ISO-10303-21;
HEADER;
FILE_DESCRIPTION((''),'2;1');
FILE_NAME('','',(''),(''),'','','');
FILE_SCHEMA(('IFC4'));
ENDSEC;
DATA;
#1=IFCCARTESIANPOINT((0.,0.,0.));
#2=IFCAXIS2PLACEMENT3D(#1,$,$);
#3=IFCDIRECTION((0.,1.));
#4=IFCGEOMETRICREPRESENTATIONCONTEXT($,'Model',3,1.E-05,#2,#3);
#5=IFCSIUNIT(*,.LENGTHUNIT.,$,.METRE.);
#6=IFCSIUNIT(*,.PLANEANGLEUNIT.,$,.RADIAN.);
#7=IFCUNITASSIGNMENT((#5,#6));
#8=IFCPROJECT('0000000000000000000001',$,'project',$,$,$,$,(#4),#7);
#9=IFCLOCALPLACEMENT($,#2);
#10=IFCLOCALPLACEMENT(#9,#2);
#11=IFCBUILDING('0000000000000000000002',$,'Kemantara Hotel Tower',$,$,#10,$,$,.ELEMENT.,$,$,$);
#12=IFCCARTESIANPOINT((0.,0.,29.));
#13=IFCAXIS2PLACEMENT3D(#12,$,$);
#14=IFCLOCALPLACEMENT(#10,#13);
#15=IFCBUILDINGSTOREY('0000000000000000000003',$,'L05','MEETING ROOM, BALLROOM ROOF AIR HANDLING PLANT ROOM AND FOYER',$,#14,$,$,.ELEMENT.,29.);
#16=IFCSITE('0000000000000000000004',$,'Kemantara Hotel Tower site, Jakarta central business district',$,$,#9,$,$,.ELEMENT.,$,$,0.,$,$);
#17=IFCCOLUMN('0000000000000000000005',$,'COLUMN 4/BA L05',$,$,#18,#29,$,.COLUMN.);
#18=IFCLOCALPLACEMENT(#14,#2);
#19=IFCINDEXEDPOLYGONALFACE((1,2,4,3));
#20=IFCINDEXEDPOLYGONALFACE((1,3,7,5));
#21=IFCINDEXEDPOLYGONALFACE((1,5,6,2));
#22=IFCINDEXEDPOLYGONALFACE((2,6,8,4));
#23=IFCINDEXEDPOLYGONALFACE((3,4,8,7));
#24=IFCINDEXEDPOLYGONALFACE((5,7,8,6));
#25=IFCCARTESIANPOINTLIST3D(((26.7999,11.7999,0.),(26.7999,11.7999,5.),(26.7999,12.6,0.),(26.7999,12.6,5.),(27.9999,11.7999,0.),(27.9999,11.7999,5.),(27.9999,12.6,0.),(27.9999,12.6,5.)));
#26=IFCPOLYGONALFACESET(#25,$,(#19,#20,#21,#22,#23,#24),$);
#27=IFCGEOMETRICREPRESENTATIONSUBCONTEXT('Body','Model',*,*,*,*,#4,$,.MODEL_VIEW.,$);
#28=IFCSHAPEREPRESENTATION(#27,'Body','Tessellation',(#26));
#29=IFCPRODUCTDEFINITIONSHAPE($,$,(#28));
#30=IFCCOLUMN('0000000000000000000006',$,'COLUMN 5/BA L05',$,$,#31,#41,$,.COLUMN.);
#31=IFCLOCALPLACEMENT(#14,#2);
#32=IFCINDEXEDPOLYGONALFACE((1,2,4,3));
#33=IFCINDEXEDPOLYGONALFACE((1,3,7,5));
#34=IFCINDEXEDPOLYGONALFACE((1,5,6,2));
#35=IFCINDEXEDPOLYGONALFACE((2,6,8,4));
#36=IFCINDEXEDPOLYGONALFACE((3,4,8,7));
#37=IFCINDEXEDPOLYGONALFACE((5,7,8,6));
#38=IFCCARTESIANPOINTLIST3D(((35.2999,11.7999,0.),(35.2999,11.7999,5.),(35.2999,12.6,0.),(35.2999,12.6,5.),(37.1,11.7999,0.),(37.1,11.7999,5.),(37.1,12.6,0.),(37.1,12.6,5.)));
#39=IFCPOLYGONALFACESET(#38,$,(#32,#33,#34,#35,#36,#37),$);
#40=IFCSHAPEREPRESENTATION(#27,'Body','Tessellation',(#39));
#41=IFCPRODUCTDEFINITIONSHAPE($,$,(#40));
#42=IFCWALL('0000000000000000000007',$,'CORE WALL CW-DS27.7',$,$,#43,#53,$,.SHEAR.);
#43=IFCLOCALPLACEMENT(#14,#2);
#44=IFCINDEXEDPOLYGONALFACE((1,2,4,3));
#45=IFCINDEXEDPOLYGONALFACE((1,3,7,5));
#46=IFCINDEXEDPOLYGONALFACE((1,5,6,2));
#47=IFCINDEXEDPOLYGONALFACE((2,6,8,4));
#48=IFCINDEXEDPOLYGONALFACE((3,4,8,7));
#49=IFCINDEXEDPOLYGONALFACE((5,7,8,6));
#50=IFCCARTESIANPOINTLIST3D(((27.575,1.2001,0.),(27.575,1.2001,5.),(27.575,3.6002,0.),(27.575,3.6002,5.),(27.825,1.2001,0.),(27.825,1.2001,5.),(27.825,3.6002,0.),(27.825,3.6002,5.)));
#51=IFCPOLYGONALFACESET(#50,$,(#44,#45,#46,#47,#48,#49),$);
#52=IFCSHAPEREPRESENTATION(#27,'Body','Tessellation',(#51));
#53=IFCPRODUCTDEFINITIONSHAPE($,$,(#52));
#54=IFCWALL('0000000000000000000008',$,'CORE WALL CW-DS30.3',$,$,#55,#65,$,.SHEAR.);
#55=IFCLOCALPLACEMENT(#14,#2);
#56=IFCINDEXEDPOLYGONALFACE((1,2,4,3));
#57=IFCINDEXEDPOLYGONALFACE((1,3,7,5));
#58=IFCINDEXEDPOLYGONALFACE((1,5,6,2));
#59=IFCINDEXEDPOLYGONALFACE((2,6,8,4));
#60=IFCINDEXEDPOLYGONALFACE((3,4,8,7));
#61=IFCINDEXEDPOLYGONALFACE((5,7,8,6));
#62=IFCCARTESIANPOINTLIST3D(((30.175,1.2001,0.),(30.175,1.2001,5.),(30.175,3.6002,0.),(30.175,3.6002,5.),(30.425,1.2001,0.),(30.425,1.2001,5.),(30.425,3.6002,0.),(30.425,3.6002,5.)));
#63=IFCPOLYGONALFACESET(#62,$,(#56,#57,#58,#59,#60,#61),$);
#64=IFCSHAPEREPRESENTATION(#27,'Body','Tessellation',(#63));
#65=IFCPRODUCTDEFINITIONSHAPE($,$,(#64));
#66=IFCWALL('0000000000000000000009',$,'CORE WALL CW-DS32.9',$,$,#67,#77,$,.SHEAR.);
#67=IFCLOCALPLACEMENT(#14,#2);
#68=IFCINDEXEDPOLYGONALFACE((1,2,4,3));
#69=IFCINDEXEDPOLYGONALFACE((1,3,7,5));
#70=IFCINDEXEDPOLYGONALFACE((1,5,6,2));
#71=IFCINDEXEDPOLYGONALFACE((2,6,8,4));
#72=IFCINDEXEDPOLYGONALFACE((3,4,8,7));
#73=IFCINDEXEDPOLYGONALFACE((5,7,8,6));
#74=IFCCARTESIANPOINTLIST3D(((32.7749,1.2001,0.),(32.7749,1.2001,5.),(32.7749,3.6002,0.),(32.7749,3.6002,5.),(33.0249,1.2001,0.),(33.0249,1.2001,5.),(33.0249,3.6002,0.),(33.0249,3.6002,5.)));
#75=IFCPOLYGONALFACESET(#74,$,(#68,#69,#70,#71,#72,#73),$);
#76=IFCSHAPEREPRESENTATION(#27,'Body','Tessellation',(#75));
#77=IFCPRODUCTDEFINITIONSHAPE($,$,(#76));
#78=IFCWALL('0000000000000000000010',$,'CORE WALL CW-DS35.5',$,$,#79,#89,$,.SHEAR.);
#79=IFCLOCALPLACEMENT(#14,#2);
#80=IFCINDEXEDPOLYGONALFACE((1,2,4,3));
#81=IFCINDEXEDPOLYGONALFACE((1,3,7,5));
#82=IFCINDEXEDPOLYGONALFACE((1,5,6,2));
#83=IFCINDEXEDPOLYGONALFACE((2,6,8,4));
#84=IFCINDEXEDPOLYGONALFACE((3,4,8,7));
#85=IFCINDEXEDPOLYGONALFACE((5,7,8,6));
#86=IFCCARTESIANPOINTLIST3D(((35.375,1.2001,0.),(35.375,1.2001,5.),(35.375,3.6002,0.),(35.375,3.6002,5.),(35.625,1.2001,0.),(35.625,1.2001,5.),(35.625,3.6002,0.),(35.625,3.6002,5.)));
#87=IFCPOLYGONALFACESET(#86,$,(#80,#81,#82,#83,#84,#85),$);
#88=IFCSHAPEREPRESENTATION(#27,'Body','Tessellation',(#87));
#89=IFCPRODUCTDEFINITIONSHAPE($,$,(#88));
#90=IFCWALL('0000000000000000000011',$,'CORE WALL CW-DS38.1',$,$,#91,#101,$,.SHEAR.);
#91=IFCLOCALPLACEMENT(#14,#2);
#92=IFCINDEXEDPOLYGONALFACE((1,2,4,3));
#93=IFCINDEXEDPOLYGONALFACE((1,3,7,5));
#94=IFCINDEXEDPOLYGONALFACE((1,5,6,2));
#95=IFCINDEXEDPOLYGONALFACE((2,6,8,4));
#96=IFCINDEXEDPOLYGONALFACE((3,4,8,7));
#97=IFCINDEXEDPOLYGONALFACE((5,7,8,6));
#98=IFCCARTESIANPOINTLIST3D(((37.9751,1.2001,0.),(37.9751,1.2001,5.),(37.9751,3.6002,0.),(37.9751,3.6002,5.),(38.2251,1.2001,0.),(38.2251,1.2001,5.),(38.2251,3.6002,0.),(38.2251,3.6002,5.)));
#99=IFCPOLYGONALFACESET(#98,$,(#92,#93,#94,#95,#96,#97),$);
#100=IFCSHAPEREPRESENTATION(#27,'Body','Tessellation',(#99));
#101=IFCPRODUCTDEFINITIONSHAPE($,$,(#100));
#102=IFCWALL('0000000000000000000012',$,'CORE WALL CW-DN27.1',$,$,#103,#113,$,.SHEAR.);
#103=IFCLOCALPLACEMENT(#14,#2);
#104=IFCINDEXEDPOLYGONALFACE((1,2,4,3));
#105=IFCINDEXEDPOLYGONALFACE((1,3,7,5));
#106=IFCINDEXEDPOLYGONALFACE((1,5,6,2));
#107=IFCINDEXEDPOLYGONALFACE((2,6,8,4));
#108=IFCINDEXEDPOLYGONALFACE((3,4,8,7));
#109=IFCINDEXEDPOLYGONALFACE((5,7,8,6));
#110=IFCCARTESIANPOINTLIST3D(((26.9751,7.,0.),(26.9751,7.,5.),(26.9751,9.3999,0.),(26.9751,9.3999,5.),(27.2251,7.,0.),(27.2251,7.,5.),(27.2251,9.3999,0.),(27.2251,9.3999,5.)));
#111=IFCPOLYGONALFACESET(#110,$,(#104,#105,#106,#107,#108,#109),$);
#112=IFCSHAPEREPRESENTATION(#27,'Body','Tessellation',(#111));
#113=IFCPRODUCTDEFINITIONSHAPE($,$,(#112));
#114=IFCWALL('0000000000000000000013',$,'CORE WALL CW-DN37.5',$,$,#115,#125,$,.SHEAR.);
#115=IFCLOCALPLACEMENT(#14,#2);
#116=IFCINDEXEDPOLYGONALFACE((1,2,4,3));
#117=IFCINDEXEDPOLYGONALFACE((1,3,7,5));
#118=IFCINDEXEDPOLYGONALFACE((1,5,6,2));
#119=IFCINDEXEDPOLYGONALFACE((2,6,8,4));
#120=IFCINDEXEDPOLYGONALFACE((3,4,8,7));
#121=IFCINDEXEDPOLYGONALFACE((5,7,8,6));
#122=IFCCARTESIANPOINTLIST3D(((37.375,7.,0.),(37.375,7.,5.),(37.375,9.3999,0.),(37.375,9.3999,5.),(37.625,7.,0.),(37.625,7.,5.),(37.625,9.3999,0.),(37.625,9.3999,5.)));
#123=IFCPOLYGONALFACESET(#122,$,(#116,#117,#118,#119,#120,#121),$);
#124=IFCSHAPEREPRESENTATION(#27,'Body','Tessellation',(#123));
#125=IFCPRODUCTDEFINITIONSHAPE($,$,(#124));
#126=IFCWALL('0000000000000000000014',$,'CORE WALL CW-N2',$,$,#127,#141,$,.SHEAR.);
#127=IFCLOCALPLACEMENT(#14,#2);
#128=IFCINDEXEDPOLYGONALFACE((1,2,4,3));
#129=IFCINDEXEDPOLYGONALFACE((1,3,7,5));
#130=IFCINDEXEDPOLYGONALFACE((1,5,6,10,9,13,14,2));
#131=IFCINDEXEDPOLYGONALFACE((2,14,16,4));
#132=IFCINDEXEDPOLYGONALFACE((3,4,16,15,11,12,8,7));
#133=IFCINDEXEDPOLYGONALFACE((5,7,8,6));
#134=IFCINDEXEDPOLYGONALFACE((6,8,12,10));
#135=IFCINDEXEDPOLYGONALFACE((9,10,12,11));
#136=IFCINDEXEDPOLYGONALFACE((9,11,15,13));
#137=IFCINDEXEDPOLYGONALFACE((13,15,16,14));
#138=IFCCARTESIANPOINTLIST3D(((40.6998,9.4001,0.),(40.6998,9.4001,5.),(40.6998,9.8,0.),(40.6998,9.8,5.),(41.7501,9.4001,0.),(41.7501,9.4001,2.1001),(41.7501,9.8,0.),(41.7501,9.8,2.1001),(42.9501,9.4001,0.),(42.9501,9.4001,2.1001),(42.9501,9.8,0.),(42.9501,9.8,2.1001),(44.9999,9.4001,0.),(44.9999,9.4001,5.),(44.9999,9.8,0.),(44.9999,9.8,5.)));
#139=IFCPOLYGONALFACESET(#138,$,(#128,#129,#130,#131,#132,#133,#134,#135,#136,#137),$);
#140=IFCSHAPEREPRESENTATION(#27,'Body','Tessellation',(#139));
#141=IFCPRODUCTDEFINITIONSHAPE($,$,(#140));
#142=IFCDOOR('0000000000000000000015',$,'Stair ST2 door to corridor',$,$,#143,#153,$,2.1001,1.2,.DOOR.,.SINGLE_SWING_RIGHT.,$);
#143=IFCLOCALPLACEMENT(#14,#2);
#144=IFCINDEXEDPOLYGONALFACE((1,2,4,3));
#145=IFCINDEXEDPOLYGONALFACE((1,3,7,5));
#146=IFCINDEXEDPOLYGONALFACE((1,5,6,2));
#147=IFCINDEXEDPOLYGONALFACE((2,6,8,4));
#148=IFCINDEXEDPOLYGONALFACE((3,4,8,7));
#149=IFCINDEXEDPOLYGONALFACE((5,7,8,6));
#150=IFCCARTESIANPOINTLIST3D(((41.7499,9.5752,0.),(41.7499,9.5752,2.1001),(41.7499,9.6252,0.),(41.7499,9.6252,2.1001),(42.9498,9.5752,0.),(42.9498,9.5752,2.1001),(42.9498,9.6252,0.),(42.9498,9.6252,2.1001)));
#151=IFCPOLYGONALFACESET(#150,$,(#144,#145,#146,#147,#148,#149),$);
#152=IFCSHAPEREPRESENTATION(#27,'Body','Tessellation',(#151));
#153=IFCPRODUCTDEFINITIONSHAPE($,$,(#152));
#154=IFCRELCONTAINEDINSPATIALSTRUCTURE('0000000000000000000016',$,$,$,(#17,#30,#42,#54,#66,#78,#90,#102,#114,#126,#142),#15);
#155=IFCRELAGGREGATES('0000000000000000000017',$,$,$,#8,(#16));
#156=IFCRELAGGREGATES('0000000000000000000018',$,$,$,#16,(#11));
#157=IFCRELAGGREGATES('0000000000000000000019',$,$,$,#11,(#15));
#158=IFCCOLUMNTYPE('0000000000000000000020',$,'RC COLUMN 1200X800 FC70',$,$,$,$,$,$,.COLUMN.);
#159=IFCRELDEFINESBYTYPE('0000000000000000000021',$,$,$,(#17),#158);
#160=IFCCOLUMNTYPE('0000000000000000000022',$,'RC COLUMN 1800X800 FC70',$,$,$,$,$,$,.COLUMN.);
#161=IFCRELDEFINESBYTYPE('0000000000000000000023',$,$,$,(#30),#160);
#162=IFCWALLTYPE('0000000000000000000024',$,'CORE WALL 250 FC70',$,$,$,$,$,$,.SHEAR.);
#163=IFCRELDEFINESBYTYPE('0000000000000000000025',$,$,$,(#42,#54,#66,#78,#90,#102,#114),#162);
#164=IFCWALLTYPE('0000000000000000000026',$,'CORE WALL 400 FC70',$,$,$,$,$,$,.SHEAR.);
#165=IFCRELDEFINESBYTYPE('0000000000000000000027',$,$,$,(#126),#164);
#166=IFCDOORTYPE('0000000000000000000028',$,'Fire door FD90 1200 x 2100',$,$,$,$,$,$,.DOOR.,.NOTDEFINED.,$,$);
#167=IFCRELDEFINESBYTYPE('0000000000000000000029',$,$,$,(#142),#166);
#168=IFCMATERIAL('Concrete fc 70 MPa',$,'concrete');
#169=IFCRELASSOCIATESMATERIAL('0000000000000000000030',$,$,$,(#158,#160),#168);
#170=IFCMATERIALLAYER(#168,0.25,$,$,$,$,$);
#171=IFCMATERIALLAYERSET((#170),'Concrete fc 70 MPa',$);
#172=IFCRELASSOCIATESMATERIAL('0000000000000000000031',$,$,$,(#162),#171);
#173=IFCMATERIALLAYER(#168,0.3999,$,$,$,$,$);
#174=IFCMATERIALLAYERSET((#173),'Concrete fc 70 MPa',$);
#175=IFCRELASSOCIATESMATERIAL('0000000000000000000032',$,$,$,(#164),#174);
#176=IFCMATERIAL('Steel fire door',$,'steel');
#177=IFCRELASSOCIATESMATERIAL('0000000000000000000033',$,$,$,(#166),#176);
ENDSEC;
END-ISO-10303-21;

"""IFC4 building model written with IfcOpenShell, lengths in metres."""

from ifc_helpers import new_model, si_unit, direction, frame, frame_2d, origin, origin_2d, place, context, subcontext, project, spatial, rectangle, extrude, material, layer, layer_set, material_profile, profile_set, type_object, element, fill, save


model = new_model("IFC4")

# Units and contexts
model_context = context("Model", 3, precision=1e-05, world=origin(), true_north=direction((0.0, 1.0)))
body_context = subcontext(model_context, "Body", "Model", "MODEL_VIEW")
ifc_project = project(units=[si_unit("LENGTHUNIT", "METRE"), si_unit("PLANEANGLEUNIT", "RADIAN")], contexts=[model_context])

# Site, building, storey
site_placement = place(None, origin())
site = spatial("IfcSite", under=ifc_project, at=site_placement, Name="Kemantara Hotel Tower site, Jakarta central business district", CompositionType="ELEMENT", RefElevation=0.0)
building_placement = place(site_placement, origin())
building = spatial("IfcBuilding", under=site, at=building_placement, Name="Kemantara Hotel Tower", CompositionType="ELEMENT")
storey_placement = place(building_placement, frame((0.0, 0.0, 29.0)))
storey = spatial("IfcBuildingStorey", under=building, at=storey_placement, Name="L05", Description="MEETING ROOM, BALLROOM ROOF AIR HANDLING PLANT ROOM AND FOYER", CompositionType="ELEMENT", Elevation=29.0)

# Columns
ifc_material_1 = material(Name="Concrete fc 70 MPa", Category="concrete")
ifc_material_profile_1 = material_profile(ifc_material_1, rectangle(XDim=1.2, YDim=0.8, at=origin_2d()), Name="RC 1200X800")
ifc_profile_set_1 = profile_set([ifc_material_profile_1], Name="Concrete fc 70 MPa")
column_type_1 = type_object("IfcColumnType", Name="RC COLUMN 1200X800 FC70", PredefinedType="COLUMN", material=ifc_profile_set_1)
column_1_placement = place(storey_placement, frame((27.3999, 12.2, 0.0), z_axis=(0.0, 0.0, 1.0), x_axis=(1.0, 0.0, 0.0)))
element("IfcColumn", 1, at=column_1_placement, inside=storey, type_object=column_type_1, Name="COLUMN 4/BA L05", PredefinedType="COLUMN", context=body_context, shape_type="SweptSolid", body=[
    extrude(rectangle(XDim=1.2, YDim=0.8, at=origin_2d()), origin(), (0.0, 0.0, 1.0), 5.0),
])
ifc_material_profile_2 = material_profile(ifc_material_1, rectangle(XDim=1.8, YDim=0.8, at=origin_2d()), Name="RC 1800X800")
ifc_profile_set_2 = profile_set([ifc_material_profile_2], Name="Concrete fc 70 MPa")
column_type_2 = type_object("IfcColumnType", Name="RC COLUMN 1800X800 FC70", PredefinedType="COLUMN", material=ifc_profile_set_2)
column_2_placement = place(storey_placement, frame((36.2, 12.2, 0.0), z_axis=(0.0, 0.0, 1.0), x_axis=(1.0, 0.0, 0.0)))
element("IfcColumn", 2, at=column_2_placement, inside=storey, type_object=column_type_2, Name="COLUMN 5/BA L05", PredefinedType="COLUMN", context=body_context, shape_type="SweptSolid", body=[
    extrude(rectangle(XDim=1.8, YDim=0.8, at=origin_2d()), origin(), (0.0, 0.0, 1.0), 5.0),
])

# Walls
ifc_layer_1 = layer(ifc_material_1, 0.25)
ifc_layer_set_1 = layer_set([ifc_layer_1], Name="Concrete fc 70 MPa")
wall_type_1 = type_object("IfcWallType", Name="CORE WALL 250 FC70", PredefinedType="SHEAR", material=ifc_layer_set_1)
for number, where, z_axis, x_axis, name in (
    (3, (27.7, 1.2, 0.0), (0.0, 0.0, 1.0), (0.0, 1.0, 0.0), "CORE WALL CW-DS27.7"),
    (4, (30.3, 1.2, 0.0), (0.0, 0.0, 1.0), (0.0, 1.0, 0.0), "CORE WALL CW-DS30.3"),
    (5, (32.8999, 1.2, 0.0), (0.0, 0.0, 1.0), (0.0, 1.0, 0.0), "CORE WALL CW-DS32.9"),
    (6, (35.5, 1.2, 0.0), (0.0, 0.0, 1.0), (0.0, 1.0, 0.0), "CORE WALL CW-DS35.5"),
    (7, (38.1001, 1.2, 0.0), (0.0, 0.0, 1.0), (0.0, 1.0, 0.0), "CORE WALL CW-DS38.1"),
):
    element("IfcWall", number, at=place(storey_placement, frame(where, z_axis=z_axis, x_axis=x_axis)), inside=storey, type_object=wall_type_1, Name=name, PredefinedType="SHEAR", context=body_context, shape_type="SweptSolid", body=[
        extrude(rectangle(XDim=2.4001, YDim=0.25, at=frame_2d((1.2002, 0.0))), origin(), (0.0, 0.0, 1.0), 5.0),
    ])
for number, where, z_axis, x_axis, name in (
    (8, (27.1001, 7.0, 0.0), (0.0, 0.0, 1.0), (0.0, 1.0, 0.0), "CORE WALL CW-DN27.1"),
    (9, (37.5, 7.0, 0.0), (0.0, 0.0, 1.0), (0.0, 1.0, 0.0), "CORE WALL CW-DN37.5"),
):
    element("IfcWall", number, at=place(storey_placement, frame(where, z_axis=z_axis, x_axis=x_axis)), inside=storey, type_object=wall_type_1, Name=name, PredefinedType="SHEAR", context=body_context, shape_type="SweptSolid", body=[
        extrude(rectangle(XDim=2.3999, YDim=0.25, at=frame_2d((1.2, 0.0))), origin(), (0.0, 0.0, 1.0), 5.0),
    ])

# Wall, opening, door
ifc_layer_2 = layer(ifc_material_1, 0.3999)
ifc_layer_set_2 = layer_set([ifc_layer_2], Name="Concrete fc 70 MPa")
wall_type_2 = type_object("IfcWallType", Name="CORE WALL 400 FC70", PredefinedType="SHEAR", material=ifc_layer_set_2)
wall_1_placement = place(storey_placement, frame((40.7, 9.6001, 0.0), z_axis=(0.0, 0.0, 1.0), x_axis=(1.0, 0.0, 0.0)))
wall_1 = element("IfcWall", 10, at=wall_1_placement, inside=storey, type_object=wall_type_2, Name="CORE WALL CW-N2", PredefinedType="SHEAR", context=body_context, shape_type="SweptSolid", body=[
    extrude(rectangle(XDim=4.3, YDim=0.3999, at=frame_2d((2.1499, 0.0))), origin(), (0.0, 0.0, 1.0), 5.0),
])
opening_1_placement = place(wall_1_placement, frame((1.05, 0.0, 0.0)))
opening_1 = element("IfcOpeningElement", 11, at=opening_1_placement, cuts=wall_1, PredefinedType="OPENING", context=body_context, shape_type="SweptSolid", body=[
    extrude(rectangle(XDim=1.2, YDim=2.1001, at=frame_2d((0.6001, 1.05))), frame((0.0, 0.21, 0.0), z_axis=(0.0, -1.0, 0.0), x_axis=(1.0, 0.0, 0.0)), (0.0, 0.0, 1.0), 0.4199),
])
ifc_material_2 = material(Name="Steel fire door", Category="steel")
door_type_1 = type_object("IfcDoorType", Name="Fire door FD90 1200 x 2100", OperationType="NOTDEFINED", PredefinedType="DOOR", material=ifc_material_2)
door_1_placement = place(opening_1_placement, frame((1.2, 0.0, 0.0), z_axis=(0.0, 0.0, 1.0), x_axis=(-1.0, 0.0, 0.0)))
door_1 = element("IfcDoor", 12, at=door_1_placement, inside=storey, type_object=door_type_1, Name="Stair ST2 door to corridor", OperationType="SINGLE_SWING_RIGHT", OverallHeight=2.1001, OverallWidth=1.2, PredefinedType="DOOR", context=body_context, shape_type="SweptSolid", body=[
    extrude(rectangle(XDim=1.2, YDim=2.1001, at=frame_2d((0.6001, 1.05))), frame((0.0, 0.0249, 0.0), z_axis=(0.0, -1.0, 0.0), x_axis=(1.0, 0.0, 0.0)), (0.0, 0.0, 1.0), 0.05),
])
fill(opening_1, door_1)

save(model, "model.ifc")
